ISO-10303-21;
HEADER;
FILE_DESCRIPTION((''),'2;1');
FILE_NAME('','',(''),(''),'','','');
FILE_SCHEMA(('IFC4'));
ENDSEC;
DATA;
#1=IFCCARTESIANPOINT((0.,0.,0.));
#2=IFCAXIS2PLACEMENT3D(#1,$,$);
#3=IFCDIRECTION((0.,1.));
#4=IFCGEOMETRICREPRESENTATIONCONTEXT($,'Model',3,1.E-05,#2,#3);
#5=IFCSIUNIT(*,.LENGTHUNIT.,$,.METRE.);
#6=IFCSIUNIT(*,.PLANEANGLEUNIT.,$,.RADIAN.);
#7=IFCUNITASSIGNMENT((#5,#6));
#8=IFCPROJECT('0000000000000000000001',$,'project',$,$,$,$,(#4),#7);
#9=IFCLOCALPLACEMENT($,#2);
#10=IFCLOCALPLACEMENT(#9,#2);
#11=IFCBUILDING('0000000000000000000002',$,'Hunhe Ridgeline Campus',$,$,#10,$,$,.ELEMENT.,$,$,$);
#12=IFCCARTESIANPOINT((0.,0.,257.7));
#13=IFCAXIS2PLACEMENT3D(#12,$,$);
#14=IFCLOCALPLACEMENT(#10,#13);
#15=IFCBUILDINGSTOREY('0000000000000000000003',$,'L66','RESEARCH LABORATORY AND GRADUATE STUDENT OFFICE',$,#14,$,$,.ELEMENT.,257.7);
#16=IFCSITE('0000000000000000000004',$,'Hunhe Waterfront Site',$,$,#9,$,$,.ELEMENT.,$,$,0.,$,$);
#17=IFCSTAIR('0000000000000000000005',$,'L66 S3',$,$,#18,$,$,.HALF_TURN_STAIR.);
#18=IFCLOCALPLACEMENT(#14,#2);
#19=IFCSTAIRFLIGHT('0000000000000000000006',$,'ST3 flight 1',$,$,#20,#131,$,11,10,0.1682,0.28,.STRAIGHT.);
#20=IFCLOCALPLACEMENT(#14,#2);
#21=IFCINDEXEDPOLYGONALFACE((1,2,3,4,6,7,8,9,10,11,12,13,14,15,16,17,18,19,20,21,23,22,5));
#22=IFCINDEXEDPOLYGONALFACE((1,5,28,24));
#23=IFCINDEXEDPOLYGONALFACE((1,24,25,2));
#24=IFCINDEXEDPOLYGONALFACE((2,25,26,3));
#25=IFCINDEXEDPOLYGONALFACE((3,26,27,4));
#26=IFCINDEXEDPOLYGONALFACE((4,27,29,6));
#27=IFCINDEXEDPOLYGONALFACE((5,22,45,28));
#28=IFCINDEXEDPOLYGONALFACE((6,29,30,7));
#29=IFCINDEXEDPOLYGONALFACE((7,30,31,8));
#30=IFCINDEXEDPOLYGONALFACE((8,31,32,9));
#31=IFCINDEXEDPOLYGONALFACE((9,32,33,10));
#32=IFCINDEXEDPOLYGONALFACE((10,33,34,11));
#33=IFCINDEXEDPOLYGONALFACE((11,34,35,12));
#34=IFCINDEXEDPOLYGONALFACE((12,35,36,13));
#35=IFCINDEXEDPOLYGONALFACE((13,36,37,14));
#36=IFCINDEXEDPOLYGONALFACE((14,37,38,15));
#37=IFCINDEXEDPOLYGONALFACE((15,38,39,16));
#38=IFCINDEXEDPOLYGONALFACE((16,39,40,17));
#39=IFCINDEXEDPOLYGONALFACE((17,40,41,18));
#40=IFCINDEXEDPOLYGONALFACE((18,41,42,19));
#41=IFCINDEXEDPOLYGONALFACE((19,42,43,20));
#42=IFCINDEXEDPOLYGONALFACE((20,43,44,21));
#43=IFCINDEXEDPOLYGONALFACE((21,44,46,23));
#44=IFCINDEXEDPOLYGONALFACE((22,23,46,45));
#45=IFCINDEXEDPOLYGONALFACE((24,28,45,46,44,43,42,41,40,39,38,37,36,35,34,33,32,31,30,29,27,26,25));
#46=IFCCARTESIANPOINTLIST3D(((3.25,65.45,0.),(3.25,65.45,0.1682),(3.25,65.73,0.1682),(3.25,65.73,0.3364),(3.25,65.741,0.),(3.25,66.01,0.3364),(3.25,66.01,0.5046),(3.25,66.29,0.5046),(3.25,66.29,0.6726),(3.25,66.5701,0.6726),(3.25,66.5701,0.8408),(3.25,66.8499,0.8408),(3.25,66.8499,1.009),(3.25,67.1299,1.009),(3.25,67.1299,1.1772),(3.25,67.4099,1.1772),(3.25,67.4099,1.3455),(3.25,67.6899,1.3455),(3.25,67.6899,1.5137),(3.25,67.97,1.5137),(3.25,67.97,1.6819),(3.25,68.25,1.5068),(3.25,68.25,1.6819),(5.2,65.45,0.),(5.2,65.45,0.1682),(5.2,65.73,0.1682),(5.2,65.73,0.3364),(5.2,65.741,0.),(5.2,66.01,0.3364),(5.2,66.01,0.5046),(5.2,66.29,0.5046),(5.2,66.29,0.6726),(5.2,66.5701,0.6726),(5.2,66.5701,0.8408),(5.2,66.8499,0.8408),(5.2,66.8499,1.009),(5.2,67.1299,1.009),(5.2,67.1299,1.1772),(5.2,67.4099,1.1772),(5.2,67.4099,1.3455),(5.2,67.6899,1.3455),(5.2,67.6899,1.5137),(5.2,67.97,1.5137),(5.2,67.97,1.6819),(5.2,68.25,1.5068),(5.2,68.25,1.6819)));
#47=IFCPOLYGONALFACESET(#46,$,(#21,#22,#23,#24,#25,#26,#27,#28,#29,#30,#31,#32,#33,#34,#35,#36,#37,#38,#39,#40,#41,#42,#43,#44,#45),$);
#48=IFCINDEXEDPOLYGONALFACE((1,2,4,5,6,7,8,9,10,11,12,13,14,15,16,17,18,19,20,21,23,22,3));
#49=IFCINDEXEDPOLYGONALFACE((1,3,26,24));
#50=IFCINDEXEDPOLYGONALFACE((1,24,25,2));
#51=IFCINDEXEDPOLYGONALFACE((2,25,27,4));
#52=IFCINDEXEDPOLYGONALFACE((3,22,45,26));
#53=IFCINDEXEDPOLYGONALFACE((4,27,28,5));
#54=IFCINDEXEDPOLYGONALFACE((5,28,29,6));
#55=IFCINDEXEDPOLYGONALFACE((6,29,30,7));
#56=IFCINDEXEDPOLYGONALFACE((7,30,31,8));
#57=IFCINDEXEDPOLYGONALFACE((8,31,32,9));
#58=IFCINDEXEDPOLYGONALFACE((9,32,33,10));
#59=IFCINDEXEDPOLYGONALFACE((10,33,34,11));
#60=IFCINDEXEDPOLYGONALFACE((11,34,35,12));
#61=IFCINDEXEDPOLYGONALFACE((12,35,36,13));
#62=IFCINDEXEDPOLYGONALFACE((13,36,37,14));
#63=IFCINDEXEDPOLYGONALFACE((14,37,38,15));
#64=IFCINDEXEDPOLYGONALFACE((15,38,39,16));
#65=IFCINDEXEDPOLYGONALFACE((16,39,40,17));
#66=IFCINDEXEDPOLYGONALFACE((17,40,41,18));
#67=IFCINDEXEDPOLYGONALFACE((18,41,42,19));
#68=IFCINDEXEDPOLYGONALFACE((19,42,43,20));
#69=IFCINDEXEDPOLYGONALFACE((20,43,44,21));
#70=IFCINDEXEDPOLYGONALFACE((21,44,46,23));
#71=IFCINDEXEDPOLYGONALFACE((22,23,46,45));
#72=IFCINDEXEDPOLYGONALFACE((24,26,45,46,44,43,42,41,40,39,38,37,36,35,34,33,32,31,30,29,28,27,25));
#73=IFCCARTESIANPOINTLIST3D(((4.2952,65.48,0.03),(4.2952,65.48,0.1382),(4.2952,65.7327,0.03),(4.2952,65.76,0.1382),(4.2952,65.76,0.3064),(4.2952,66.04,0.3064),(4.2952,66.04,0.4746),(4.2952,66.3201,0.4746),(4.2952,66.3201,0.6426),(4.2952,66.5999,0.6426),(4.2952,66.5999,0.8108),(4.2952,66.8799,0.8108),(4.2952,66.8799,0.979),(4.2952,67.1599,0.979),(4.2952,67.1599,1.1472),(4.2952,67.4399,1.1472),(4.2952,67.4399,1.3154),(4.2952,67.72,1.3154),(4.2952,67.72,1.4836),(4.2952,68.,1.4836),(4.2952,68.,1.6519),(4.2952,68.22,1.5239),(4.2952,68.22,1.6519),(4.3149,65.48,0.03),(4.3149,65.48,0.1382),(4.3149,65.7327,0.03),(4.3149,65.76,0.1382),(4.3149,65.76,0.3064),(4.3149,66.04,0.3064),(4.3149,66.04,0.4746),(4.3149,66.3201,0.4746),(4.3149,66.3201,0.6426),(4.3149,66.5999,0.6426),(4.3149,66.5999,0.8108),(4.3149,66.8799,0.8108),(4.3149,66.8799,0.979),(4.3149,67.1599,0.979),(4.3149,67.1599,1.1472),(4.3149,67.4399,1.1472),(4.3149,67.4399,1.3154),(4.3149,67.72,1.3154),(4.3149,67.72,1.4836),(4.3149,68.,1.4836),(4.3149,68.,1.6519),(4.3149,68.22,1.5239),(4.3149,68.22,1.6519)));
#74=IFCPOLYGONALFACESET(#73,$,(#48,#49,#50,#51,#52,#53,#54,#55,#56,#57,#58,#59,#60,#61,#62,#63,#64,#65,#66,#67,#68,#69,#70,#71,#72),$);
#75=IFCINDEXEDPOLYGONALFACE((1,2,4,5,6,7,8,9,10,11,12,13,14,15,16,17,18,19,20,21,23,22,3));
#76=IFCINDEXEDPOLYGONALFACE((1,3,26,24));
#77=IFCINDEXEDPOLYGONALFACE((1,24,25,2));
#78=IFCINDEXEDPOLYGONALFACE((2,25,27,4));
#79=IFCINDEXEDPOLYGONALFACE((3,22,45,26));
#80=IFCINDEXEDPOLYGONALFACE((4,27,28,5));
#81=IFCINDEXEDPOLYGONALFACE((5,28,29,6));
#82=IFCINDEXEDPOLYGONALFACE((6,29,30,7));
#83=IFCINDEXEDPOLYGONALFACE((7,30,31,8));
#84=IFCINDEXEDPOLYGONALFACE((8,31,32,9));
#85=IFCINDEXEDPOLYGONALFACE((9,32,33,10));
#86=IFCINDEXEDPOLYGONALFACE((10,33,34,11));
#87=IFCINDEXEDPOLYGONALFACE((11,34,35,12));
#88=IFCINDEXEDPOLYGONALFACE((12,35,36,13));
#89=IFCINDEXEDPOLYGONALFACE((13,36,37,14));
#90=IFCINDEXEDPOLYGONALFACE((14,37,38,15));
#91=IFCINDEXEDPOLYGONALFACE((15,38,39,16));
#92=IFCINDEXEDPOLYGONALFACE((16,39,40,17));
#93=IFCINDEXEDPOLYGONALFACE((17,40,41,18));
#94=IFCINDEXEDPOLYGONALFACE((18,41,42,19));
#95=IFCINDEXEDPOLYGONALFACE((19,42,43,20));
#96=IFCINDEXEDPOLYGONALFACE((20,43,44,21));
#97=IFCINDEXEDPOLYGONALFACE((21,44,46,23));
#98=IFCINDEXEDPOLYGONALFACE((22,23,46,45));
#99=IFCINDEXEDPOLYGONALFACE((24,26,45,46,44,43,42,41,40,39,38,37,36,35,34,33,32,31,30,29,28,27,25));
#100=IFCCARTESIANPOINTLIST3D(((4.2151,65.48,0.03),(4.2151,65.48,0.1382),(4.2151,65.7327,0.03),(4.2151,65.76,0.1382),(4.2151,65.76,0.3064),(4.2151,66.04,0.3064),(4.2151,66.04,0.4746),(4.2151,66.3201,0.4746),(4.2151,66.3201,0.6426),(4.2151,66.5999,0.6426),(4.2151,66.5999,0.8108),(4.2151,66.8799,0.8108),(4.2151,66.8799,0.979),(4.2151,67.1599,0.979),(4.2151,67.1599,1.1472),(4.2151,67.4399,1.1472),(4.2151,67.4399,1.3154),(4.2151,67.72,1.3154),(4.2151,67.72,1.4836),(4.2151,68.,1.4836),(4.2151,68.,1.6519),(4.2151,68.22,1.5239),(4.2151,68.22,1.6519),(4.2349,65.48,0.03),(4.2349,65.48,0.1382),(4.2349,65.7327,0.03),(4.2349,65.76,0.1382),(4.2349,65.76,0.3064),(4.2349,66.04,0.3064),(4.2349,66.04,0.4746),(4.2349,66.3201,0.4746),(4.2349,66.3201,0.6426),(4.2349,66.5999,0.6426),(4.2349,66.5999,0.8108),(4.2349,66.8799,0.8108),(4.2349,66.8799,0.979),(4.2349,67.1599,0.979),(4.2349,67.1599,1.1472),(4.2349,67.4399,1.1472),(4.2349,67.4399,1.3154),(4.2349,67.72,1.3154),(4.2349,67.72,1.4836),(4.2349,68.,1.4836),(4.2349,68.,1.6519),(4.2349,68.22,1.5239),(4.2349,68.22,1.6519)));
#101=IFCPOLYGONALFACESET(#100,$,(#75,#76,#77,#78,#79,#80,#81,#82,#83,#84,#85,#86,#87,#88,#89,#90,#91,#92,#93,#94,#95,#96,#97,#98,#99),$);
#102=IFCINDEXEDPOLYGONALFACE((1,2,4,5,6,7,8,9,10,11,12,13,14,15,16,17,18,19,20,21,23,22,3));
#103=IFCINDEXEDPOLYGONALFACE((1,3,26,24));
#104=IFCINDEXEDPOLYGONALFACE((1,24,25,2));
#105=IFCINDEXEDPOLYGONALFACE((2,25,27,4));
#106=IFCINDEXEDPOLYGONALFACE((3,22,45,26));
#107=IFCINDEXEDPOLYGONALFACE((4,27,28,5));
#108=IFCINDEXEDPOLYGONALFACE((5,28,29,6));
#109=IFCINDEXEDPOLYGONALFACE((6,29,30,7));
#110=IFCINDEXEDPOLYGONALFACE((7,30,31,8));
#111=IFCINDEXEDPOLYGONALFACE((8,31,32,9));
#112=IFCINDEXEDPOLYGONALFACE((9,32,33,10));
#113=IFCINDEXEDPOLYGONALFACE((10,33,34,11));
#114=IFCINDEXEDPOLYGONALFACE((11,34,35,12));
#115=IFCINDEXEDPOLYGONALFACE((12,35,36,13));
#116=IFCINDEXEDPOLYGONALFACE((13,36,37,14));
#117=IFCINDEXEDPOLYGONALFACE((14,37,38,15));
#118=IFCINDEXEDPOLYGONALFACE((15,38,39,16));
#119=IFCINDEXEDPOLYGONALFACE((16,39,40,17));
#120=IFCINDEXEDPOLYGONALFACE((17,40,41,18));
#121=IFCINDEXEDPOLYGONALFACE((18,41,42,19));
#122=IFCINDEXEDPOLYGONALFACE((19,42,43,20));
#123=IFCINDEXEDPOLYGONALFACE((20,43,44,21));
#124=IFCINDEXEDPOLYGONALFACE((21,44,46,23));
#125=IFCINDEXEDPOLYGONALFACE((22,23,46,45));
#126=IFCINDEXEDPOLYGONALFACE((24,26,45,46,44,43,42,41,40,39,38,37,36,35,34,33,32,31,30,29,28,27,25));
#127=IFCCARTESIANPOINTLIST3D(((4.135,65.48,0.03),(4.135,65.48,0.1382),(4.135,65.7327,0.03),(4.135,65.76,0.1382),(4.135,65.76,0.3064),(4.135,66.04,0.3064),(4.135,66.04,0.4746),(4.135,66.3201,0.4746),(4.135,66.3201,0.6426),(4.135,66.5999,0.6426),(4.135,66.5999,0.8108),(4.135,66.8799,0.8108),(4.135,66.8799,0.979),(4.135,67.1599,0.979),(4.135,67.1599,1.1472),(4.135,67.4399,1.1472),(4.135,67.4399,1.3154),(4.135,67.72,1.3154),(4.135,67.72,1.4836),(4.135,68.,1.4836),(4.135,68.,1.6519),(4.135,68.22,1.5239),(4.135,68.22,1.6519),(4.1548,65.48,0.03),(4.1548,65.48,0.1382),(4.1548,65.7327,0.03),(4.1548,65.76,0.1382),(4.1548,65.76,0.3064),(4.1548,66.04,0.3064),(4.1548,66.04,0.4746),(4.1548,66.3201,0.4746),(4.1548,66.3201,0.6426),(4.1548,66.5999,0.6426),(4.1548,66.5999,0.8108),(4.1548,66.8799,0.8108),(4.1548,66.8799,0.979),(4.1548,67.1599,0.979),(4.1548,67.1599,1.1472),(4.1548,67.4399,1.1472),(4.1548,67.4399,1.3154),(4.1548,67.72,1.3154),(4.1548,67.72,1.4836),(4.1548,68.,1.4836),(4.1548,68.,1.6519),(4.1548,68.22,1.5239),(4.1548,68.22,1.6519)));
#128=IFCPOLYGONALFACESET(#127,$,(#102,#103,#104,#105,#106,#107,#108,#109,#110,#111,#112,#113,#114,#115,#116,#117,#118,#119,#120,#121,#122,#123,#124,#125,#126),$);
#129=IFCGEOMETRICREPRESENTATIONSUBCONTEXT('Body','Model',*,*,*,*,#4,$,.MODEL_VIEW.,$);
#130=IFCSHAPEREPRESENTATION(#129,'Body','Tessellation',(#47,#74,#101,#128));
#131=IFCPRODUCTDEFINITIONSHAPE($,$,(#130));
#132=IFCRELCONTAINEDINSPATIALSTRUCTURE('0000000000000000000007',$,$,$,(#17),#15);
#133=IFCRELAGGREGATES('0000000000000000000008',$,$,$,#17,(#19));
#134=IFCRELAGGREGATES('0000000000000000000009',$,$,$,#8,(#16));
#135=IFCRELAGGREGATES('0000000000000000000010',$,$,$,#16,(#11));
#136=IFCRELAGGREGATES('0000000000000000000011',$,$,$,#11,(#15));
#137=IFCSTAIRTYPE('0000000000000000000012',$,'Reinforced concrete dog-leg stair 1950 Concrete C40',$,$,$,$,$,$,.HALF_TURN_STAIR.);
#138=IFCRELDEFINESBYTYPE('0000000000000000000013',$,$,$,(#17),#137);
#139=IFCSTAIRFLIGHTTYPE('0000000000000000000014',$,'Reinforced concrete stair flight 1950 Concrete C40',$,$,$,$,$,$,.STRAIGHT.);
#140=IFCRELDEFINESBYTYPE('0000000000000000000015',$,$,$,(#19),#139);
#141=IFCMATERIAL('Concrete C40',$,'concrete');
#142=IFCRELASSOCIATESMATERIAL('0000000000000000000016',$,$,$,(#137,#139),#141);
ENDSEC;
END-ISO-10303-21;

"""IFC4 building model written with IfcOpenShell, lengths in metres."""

from ifc_helpers import new_model, si_unit, direction, frame, origin, place, context, subcontext, project, spatial, polyline, outline, extrude, material, type_object, element, aggregate, save


model = new_model("IFC4")

# Units and contexts
model_context = context("Model", 3, precision=1e-05, world=origin(), true_north=direction((0.0, 1.0)))
body_context = subcontext(model_context, "Body", "Model", "MODEL_VIEW")
ifc_project = project(units=[si_unit("LENGTHUNIT", "METRE"), si_unit("PLANEANGLEUNIT", "RADIAN")], contexts=[model_context])

# Site, building, storey
site_placement = place(None, origin())
site = spatial("IfcSite", under=ifc_project, at=site_placement, Name="Hunhe Waterfront Site", CompositionType="ELEMENT", RefElevation=0.0)
building_placement = place(site_placement, origin())
building = spatial("IfcBuilding", under=site, at=building_placement, Name="Hunhe Ridgeline Campus", CompositionType="ELEMENT")
storey_placement = place(building_placement, frame((0.0, 0.0, 257.7)))
storey = spatial("IfcBuildingStorey", under=building, at=storey_placement, Name="L66", Description="RESEARCH LABORATORY AND GRADUATE STUDENT OFFICE", CompositionType="ELEMENT", Elevation=257.7)

# Stair, stair flight
ifc_material_1 = material(Name="Concrete C40", Category="concrete")
stair_type = type_object("IfcStairType", Name="Reinforced concrete dog-leg stair 1950 Concrete C40", PredefinedType="HALF_TURN_STAIR", material=ifc_material_1)
stair_1_placement = place(storey_placement, origin())
stair_1 = element("IfcStair", 1, at=stair_1_placement, inside=storey, type_object=stair_type, Name="L66 S3", PredefinedType="HALF_TURN_STAIR")
stair_flight_type = type_object("IfcStairFlightType", Name="Reinforced concrete stair flight 1950 Concrete C40", PredefinedType="STRAIGHT", material=ifc_material_1)
stair_flight_1_placement = place(storey_placement, frame((4.2251, 65.45, 0.0), z_axis=(0.0, 0.0, 1.0), x_axis=(0.0, 1.0, 0.0)))
stair_flight_1 = element("IfcStairFlight", 2, at=stair_flight_1_placement, type_object=stair_flight_type, Name="ST3 flight 1", NumberOfRisers=11, NumberOfTreads=10, PredefinedType="STRAIGHT", RiserHeight=0.1682, TreadLength=0.28, context=body_context, shape_type="SweptSolid", body=[
    extrude(outline(polyline([(0.0, 0.0), (0.0, 0.1682), (0.28, 0.1682), (0.28, 0.3364), (0.5601, 0.3364), (0.5601, 0.5046), (0.8401, 0.5046), (0.8401, 0.6726), (1.1201, 0.6726), (1.1201, 0.8408), (1.3999, 0.8408), (1.3999, 1.009), (1.6799, 1.009), (1.6799, 1.1772), (1.96, 1.1772), (1.96, 1.3455), (2.24, 1.3455), (2.24, 1.5137), (2.52, 1.5137), (2.52, 1.6819), (2.8, 1.6819), (2.8, 1.8501), (2.8, 1.5068), (0.291, 0.0), (0.0, 0.0)])), frame((0.0, 0.9751, 0.0), z_axis=(0.0, -1.0, 0.0), x_axis=(1.0, 0.0, 0.0)), (0.0, 0.0, 1.0), 1.95),
    extrude(outline(polyline([(0.03, 0.03), (0.03, 0.1382), (0.3101, 0.1382), (0.3101, 0.3064), (0.5901, 0.3064), (0.5901, 0.4746), (0.8701, 0.4746), (0.8701, 0.6426), (1.1499, 0.6426), (1.1499, 0.8108), (1.4299, 0.8108), (1.4299, 0.979), (1.71, 0.979), (1.71, 1.1472), (1.99, 1.1472), (1.99, 1.3154), (2.27, 1.3154), (2.27, 1.4836), (2.55, 1.4836), (2.55, 1.6519), (2.77, 1.6519), (2.77, 1.5239), (0.2827, 0.03), (0.03, 0.03)])), frame((0.0, -0.0701, 0.0), z_axis=(0.0, -1.0, 0.0), x_axis=(1.0, 0.0, 0.0)), (0.0, 0.0, 1.0), 0.0198),
    extrude(outline(polyline([(0.03, 0.03), (0.03, 0.1382), (0.3101, 0.1382), (0.3101, 0.3064), (0.5901, 0.3064), (0.5901, 0.4746), (0.8701, 0.4746), (0.8701, 0.6426), (1.1499, 0.6426), (1.1499, 0.8108), (1.4299, 0.8108), (1.4299, 0.979), (1.71, 0.979), (1.71, 1.1472), (1.99, 1.1472), (1.99, 1.3154), (2.27, 1.3154), (2.27, 1.4836), (2.55, 1.4836), (2.55, 1.6519), (2.77, 1.6519), (2.77, 1.5239), (0.2827, 0.03), (0.03, 0.03)])), frame((0.0, 0.01, 0.0), z_axis=(0.0, -1.0, 0.0), x_axis=(1.0, 0.0, 0.0)), (0.0, 0.0, 1.0), 0.0198),
    extrude(outline(polyline([(0.03, 0.03), (0.03, 0.1382), (0.3101, 0.1382), (0.3101, 0.3064), (0.5901, 0.3064), (0.5901, 0.4746), (0.8701, 0.4746), (0.8701, 0.6426), (1.1499, 0.6426), (1.1499, 0.8108), (1.4299, 0.8108), (1.4299, 0.979), (1.71, 0.979), (1.71, 1.1472), (1.99, 1.1472), (1.99, 1.3154), (2.27, 1.3154), (2.27, 1.4836), (2.55, 1.4836), (2.55, 1.6519), (2.77, 1.6519), (2.77, 1.5239), (0.2827, 0.03), (0.03, 0.03)])), frame((0.0, 0.0901, 0.0), z_axis=(0.0, -1.0, 0.0), x_axis=(1.0, 0.0, 0.0)), (0.0, 0.0, 1.0), 0.0198),
])
aggregate(stair_1, [stair_flight_1])

save(model, "model.ifc")
